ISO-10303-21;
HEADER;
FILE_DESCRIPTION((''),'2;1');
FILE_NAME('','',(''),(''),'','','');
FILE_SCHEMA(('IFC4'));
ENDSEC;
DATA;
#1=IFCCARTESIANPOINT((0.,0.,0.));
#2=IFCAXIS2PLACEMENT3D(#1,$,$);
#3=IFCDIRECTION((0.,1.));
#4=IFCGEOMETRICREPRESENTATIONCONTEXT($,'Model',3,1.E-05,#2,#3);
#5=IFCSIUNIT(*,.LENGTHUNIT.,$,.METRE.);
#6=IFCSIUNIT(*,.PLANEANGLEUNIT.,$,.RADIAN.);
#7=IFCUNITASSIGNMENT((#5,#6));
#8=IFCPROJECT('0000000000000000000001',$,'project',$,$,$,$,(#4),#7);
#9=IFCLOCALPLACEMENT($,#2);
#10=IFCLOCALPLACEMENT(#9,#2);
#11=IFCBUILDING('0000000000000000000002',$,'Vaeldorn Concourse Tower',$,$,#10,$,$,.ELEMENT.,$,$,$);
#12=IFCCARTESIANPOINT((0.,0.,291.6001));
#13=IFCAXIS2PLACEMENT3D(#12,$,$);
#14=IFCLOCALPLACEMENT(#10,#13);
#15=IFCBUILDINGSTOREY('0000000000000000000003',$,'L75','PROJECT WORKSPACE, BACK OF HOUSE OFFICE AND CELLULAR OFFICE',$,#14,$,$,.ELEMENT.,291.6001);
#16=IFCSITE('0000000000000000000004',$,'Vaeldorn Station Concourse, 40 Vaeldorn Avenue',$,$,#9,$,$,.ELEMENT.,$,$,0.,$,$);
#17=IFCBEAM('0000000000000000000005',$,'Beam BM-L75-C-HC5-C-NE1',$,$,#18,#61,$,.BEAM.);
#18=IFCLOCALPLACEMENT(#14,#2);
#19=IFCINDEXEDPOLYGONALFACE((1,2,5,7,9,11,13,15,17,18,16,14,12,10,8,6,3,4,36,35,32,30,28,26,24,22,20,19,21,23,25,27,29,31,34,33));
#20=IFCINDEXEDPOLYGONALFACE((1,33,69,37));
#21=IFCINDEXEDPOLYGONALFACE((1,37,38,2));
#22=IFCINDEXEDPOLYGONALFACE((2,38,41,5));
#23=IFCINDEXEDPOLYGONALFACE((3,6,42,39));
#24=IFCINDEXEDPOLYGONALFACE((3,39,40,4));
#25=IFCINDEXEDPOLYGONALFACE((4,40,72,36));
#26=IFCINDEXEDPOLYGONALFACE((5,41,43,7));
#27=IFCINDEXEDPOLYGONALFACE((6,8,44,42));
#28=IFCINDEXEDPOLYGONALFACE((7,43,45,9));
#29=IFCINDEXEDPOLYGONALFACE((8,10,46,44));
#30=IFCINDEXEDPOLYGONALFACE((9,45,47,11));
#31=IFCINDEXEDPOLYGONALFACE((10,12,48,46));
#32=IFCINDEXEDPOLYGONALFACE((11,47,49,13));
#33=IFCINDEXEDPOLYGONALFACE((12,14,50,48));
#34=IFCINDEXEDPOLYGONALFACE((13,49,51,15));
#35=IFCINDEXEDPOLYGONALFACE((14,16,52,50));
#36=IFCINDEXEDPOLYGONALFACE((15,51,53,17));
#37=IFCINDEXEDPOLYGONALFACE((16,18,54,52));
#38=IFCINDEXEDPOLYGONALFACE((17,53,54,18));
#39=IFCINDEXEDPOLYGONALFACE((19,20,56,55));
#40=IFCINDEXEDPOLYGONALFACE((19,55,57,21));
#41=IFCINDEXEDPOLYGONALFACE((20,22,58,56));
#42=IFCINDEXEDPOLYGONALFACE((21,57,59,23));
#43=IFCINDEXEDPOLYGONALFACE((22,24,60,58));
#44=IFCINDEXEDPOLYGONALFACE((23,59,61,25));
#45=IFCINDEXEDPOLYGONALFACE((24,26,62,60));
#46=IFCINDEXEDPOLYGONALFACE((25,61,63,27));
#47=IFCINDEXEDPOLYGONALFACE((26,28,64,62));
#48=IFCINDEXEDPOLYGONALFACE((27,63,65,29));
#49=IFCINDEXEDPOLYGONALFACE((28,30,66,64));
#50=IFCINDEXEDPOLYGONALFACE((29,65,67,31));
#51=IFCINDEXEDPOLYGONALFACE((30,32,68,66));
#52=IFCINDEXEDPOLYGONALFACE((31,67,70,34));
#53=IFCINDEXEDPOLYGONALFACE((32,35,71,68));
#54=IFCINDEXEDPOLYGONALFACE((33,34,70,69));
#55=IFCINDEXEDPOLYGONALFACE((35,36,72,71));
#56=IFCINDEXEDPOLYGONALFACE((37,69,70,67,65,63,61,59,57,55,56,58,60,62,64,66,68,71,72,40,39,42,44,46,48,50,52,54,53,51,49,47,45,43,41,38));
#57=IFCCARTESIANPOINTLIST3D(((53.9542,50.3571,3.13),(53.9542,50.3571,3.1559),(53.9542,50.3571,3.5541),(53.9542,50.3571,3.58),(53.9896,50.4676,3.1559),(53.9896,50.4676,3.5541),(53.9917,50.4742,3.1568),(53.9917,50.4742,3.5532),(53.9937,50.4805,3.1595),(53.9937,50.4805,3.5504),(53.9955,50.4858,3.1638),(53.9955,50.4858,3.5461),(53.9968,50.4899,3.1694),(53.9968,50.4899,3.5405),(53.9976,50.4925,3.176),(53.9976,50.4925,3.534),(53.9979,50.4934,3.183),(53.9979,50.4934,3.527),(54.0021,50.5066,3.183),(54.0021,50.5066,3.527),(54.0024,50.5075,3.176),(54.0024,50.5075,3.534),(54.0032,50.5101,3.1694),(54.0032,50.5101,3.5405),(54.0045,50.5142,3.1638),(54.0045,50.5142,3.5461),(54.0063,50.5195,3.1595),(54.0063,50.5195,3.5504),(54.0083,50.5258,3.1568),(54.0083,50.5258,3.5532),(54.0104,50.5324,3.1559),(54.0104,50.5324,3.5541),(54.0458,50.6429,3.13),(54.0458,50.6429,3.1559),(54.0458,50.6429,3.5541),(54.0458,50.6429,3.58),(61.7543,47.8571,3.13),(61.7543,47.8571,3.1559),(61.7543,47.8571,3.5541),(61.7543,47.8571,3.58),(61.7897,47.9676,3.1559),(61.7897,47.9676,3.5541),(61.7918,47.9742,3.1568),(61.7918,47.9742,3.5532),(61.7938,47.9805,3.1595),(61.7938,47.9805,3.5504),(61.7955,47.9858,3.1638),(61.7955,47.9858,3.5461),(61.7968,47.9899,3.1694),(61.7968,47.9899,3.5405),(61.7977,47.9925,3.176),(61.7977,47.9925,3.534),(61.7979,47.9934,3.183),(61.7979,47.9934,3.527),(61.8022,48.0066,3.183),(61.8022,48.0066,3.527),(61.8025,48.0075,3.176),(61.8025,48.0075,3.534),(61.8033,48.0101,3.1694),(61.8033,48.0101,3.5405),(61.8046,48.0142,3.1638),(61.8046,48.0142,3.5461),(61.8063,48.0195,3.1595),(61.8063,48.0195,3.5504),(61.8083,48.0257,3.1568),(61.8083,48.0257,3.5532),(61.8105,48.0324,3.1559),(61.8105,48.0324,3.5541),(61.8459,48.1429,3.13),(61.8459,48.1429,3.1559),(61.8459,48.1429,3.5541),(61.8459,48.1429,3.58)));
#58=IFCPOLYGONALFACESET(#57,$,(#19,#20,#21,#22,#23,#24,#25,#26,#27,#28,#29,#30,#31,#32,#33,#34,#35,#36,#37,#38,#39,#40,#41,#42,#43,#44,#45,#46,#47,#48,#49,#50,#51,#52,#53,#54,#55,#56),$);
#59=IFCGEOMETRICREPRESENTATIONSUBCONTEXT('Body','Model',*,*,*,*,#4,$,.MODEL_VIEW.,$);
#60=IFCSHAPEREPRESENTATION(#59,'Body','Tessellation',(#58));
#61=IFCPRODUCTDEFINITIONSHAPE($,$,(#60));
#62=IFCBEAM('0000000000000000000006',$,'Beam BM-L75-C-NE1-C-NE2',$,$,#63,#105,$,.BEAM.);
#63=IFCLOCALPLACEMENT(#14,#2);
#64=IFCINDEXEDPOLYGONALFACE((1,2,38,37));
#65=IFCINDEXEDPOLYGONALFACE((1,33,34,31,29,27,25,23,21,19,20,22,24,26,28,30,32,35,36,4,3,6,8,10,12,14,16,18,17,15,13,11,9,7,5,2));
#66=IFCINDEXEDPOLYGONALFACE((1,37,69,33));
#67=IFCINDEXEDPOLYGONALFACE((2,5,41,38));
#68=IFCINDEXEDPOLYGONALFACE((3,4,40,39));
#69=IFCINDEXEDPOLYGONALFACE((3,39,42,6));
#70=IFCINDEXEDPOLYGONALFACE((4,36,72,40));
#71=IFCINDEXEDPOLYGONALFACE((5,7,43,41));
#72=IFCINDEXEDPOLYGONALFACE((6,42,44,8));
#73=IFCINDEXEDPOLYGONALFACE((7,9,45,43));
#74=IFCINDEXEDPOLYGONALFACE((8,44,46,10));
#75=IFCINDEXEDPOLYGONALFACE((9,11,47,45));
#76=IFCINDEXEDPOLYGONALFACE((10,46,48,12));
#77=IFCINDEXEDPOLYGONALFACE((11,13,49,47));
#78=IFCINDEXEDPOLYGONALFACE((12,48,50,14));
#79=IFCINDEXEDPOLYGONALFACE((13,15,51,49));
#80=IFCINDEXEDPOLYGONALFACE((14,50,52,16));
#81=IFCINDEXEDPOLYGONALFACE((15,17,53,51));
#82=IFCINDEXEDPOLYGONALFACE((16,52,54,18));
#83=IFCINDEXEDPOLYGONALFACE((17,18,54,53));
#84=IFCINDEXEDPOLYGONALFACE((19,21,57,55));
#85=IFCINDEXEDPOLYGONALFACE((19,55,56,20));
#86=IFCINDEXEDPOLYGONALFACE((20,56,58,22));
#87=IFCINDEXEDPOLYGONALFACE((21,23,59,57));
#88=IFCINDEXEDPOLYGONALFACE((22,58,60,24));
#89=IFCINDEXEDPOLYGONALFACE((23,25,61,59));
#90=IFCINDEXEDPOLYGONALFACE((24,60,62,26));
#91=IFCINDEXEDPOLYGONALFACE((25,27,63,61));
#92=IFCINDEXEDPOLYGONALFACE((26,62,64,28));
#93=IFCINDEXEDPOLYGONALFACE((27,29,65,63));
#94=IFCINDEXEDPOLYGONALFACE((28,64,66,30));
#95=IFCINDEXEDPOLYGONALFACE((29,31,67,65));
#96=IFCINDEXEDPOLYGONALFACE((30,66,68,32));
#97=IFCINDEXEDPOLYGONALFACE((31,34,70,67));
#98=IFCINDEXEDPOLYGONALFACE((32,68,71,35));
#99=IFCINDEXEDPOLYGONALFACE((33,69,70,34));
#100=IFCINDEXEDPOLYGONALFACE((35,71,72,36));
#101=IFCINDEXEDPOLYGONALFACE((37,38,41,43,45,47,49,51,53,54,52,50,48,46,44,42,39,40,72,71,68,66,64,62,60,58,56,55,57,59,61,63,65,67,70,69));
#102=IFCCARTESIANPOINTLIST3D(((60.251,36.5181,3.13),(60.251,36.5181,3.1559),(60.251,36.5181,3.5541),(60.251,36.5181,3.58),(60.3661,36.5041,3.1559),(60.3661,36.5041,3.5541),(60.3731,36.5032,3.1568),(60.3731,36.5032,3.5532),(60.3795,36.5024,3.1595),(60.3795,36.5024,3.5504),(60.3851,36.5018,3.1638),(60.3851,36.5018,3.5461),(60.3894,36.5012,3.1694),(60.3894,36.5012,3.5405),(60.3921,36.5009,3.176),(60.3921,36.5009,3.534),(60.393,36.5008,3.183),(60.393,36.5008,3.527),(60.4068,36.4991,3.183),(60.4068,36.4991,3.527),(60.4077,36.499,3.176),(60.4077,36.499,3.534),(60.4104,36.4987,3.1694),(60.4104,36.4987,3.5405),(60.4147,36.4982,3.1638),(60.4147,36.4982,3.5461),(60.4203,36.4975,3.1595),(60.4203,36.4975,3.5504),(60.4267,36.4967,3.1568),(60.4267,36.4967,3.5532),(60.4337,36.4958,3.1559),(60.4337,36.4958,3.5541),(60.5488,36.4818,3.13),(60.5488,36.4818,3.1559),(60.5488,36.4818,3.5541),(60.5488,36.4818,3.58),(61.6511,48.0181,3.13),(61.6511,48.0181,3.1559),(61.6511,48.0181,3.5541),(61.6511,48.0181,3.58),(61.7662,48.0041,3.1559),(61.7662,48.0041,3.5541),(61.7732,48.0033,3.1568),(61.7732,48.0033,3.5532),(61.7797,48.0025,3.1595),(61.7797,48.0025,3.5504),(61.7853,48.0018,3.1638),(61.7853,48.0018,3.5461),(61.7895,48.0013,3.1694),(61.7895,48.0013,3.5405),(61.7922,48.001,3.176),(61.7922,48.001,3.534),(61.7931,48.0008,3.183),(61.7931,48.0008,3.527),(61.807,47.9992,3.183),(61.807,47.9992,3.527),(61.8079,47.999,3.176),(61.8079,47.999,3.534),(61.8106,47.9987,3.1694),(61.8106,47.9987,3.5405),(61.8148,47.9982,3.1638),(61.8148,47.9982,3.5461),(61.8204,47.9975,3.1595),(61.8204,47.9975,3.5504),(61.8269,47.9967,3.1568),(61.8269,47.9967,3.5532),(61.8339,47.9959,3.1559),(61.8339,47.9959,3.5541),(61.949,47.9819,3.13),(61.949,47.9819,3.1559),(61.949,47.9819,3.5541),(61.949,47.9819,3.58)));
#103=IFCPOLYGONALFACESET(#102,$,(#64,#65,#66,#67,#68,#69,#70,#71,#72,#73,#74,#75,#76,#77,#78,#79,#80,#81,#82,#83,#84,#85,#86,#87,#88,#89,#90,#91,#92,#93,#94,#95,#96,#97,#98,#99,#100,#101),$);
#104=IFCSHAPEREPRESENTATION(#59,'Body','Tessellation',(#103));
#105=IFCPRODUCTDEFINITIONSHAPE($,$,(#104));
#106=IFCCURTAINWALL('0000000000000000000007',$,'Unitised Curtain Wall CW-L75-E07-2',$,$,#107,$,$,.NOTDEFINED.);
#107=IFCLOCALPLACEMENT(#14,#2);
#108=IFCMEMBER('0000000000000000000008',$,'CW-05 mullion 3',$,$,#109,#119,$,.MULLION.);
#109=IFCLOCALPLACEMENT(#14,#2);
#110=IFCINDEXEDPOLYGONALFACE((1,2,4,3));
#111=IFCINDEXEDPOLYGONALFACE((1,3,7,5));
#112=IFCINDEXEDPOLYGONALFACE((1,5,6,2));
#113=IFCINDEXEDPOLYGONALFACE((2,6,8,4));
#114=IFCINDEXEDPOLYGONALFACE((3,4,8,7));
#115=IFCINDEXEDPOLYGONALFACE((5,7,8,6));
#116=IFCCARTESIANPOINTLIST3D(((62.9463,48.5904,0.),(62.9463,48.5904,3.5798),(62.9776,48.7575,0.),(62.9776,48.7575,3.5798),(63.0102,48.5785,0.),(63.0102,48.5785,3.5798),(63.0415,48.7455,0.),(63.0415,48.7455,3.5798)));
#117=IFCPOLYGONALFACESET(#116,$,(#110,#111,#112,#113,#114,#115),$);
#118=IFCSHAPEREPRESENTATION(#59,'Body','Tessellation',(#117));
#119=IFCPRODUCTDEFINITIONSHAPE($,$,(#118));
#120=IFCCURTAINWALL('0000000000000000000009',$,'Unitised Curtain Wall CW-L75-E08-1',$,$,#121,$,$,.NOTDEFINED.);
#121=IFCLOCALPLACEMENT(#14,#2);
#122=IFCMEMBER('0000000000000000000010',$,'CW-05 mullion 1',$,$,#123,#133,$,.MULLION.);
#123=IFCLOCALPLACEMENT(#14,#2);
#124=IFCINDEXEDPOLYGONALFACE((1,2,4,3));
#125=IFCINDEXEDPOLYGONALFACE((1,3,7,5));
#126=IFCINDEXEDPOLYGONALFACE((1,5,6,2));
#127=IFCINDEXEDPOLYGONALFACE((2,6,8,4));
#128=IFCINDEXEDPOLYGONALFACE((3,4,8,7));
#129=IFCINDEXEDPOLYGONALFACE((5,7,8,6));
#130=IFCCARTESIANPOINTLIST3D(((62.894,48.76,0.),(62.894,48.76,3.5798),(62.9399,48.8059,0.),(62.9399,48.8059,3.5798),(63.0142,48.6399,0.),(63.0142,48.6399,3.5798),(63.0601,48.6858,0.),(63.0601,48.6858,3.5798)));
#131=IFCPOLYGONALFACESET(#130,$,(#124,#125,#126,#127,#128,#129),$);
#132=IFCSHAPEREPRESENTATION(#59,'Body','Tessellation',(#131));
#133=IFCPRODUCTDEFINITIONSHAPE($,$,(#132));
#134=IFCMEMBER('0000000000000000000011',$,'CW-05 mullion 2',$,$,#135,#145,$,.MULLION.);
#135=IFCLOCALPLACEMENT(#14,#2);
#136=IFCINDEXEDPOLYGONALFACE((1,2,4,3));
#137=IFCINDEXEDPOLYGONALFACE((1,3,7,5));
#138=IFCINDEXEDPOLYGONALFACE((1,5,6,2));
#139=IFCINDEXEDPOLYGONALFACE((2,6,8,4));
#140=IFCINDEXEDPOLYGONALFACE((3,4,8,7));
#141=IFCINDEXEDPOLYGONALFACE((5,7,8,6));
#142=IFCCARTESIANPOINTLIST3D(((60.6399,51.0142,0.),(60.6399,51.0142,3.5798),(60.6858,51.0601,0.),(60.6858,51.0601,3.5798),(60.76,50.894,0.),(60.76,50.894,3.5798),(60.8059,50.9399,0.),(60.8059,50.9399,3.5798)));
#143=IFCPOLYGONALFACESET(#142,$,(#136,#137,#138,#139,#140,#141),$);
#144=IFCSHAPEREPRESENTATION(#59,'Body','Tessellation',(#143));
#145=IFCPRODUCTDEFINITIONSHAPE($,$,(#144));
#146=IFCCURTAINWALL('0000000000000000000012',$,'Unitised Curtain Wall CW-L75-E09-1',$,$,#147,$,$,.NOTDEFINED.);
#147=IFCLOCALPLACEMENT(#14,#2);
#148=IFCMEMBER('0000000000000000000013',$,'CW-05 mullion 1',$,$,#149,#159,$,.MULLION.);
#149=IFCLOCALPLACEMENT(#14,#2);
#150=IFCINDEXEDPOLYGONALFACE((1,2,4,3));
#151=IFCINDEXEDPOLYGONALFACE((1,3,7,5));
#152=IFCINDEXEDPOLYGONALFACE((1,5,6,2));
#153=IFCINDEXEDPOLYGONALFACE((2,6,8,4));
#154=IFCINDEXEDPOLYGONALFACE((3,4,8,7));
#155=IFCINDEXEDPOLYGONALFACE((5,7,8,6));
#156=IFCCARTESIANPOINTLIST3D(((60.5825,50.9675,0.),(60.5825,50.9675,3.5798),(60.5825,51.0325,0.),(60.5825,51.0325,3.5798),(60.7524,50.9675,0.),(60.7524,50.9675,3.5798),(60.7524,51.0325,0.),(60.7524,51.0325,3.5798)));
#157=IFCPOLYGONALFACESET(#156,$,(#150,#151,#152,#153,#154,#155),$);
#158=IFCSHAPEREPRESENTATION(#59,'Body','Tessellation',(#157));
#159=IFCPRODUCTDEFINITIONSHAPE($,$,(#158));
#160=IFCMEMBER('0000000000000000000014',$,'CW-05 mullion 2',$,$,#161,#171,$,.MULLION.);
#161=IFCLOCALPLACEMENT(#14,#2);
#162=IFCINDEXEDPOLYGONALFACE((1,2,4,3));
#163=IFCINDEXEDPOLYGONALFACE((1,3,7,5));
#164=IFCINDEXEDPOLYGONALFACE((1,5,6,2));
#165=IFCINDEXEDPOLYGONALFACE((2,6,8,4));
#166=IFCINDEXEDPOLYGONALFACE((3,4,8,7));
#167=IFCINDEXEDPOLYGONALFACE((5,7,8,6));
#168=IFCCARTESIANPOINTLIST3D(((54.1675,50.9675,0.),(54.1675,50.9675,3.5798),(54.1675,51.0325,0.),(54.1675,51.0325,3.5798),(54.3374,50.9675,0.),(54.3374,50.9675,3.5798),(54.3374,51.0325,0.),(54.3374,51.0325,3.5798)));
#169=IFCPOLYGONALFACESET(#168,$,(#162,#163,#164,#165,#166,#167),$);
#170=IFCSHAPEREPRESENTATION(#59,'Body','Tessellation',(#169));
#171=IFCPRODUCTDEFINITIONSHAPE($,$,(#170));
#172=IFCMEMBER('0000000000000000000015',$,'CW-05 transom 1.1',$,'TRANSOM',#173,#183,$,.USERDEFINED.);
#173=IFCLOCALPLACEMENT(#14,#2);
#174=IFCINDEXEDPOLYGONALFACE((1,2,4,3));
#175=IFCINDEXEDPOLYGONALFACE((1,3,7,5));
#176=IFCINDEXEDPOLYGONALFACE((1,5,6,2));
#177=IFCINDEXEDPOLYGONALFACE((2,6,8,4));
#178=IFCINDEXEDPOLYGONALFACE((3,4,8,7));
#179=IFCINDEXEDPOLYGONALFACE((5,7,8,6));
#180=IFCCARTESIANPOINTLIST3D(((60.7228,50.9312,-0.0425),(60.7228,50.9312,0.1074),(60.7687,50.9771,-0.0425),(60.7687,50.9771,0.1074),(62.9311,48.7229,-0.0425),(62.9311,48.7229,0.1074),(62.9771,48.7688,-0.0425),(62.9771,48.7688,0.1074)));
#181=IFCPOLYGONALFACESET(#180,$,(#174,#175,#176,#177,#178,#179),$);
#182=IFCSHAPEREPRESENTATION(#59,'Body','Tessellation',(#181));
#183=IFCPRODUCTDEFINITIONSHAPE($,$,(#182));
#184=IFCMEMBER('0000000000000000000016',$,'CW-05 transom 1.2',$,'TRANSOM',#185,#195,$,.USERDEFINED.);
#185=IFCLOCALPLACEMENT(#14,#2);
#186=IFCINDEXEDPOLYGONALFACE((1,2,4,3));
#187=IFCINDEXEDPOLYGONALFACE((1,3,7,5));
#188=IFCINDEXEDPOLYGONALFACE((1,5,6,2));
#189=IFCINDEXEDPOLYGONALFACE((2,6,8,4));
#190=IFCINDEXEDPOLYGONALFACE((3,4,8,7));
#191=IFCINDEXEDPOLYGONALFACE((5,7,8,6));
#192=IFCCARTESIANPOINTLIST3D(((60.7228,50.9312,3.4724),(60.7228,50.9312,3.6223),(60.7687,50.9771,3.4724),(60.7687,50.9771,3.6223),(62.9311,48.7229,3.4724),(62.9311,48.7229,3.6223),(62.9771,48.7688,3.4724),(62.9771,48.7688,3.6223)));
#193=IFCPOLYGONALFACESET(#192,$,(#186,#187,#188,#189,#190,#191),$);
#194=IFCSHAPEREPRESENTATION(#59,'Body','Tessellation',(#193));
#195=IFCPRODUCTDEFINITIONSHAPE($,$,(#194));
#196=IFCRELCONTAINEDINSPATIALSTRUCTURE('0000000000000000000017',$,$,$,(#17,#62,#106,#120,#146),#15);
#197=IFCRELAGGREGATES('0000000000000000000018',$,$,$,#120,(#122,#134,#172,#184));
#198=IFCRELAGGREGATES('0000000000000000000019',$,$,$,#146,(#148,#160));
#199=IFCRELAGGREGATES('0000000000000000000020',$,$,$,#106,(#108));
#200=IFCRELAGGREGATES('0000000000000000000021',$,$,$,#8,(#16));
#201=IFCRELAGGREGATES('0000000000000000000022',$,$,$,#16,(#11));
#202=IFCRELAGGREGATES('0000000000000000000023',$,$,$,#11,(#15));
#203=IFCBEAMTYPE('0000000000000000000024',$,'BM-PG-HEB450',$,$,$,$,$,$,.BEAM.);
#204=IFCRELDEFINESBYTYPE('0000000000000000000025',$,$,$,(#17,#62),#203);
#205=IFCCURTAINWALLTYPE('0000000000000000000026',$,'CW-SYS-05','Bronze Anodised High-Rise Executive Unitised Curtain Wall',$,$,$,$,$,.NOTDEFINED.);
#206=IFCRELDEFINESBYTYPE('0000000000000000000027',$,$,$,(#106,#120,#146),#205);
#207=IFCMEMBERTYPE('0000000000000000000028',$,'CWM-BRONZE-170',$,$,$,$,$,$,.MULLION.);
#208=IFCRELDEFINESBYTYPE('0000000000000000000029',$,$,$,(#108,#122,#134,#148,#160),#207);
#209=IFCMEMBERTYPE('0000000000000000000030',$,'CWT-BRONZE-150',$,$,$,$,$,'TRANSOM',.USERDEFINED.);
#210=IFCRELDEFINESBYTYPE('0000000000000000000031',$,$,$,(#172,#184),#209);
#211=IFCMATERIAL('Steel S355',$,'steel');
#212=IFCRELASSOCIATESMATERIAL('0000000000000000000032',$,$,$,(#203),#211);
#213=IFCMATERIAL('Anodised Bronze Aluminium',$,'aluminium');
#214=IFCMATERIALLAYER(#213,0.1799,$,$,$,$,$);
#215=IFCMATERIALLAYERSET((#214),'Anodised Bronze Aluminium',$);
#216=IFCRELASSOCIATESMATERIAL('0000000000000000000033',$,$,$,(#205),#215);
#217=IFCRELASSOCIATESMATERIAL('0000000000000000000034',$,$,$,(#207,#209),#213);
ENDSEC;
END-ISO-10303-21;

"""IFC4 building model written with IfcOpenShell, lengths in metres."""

from ifc_helpers import new_model, si_unit, direction, frame, origin, origin_2d, place, context, subcontext, project, spatial, rectangle, i_section, extrude, source, transform, mapped, material, layer, layer_set, material_profile, profile_set, type_object, element, aggregate, save


model = new_model("IFC4")

# Units and contexts
model_context = context("Model", 3, precision=1e-05, world=origin(), true_north=direction((0.0, 1.0)))
body_context = subcontext(model_context, "Body", "Model", "MODEL_VIEW")
ifc_project = project(units=[si_unit("LENGTHUNIT", "METRE"), si_unit("PLANEANGLEUNIT", "RADIAN")], contexts=[model_context])

# Site, building, storey
site_placement = place(None, origin())
site = spatial("IfcSite", under=ifc_project, at=site_placement, Name="Vaeldorn Station Concourse, 40 Vaeldorn Avenue", CompositionType="ELEMENT", RefElevation=0.0)
building_placement = place(site_placement, origin())
building = spatial("IfcBuilding", under=site, at=building_placement, Name="Vaeldorn Concourse Tower", CompositionType="ELEMENT")
storey_placement = place(building_placement, frame((0.0, 0.0, 291.6001)))
storey = spatial("IfcBuildingStorey", under=building, at=storey_placement, Name="L75", Description="PROJECT WORKSPACE, BACK OF HOUSE OFFICE AND CELLULAR OFFICE", CompositionType="ELEMENT", Elevation=291.6001)

# Shared definitions
ifc_material_1 = material(Name="Steel S355", Category="steel")

# Beams
ifc_material_profile_1 = material_profile(ifc_material_1, i_section(OverallWidth=0.3, OverallDepth=0.45, WebThickness=0.0139, FlangeThickness=0.0259, FilletRadius=0.0271, at=origin_2d()), Name="HEB 450")
ifc_profile_set_1 = profile_set([ifc_material_profile_1], Name="Steel S355")
beam_type_1 = type_object("IfcBeamType", Name="BM-PG-HEB450", PredefinedType="BEAM", material=ifc_profile_set_1)
shared_shape_1 = source(origin(), body_context, "Body", "SweptSolid", [
    extrude(i_section(OverallWidth=0.3, OverallDepth=0.45, WebThickness=0.0139, FlangeThickness=0.0259, FilletRadius=0.0271, at=origin_2d()), origin(), (0.0, 0.0, 1.0), 8.1909),
])
beam_1_placement = place(storey_placement, frame((54.0, 50.5, 3.355), z_axis=(0.952283, -0.305217, 0.0), x_axis=(0.305217, 0.952283, 0.0)))
element("IfcBeam", 1, at=beam_1_placement, inside=storey, type_object=beam_type_1, Name="Beam BM-L75-C-HC5-C-NE1", PredefinedType="BEAM", context=body_context, shape_type="MappedRepresentation", body=[
    mapped(shared_shape_1, transform((0.0, 0.0, 0.0), scale=1.0)),
])
shared_shape_2 = source(origin(), body_context, "Body", "SweptSolid", [
    extrude(i_section(OverallWidth=0.3, OverallDepth=0.45, WebThickness=0.0139, FlangeThickness=0.0259, FilletRadius=0.0271, at=origin_2d()), origin(), (0.0, 0.0, 1.0), 11.585),
])
beam_2_placement = place(storey_placement, frame((61.8, 48.0, 3.355), z_axis=(-0.120859, -0.99267, 0.0), x_axis=(0.99267, -0.120859, 0.0)))
element("IfcBeam", 2, at=beam_2_placement, inside=storey, type_object=beam_type_1, Name="Beam BM-L75-C-NE1-C-NE2", PredefinedType="BEAM", context=body_context, shape_type="MappedRepresentation", body=[
    mapped(shared_shape_2, transform((0.0, 0.0, 0.0), scale=1.0)),
])

# Curtain wall, member
ifc_material_2 = material(Name="Anodised Bronze Aluminium", Category="aluminium")
ifc_layer_1 = layer(ifc_material_2, 0.1799)
ifc_layer_set_1 = layer_set([ifc_layer_1], Name="Anodised Bronze Aluminium")
curtain_wall_type = type_object("IfcCurtainWallType", Name="CW-SYS-05", Description="Bronze Anodised High-Rise Executive Unitised Curtain Wall", PredefinedType="NOTDEFINED", material=ifc_layer_set_1)
curtain_wall_1_placement = place(storey_placement, origin())
curtain_wall_1 = element("IfcCurtainWall", 3, at=curtain_wall_1_placement, inside=storey, type_object=curtain_wall_type, Name="Unitised Curtain Wall CW-L75-E07-2", PredefinedType="NOTDEFINED")
ifc_material_profile_2 = material_profile(ifc_material_2, rectangle(XDim=0.0649, YDim=0.1699, at=origin_2d()), Name="CWM 65x170")
ifc_profile_set_2 = profile_set([ifc_material_profile_2], Name="Anodised Bronze Aluminium")
member_type_1 = type_object("IfcMemberType", Name="CWM-BRONZE-170", PredefinedType="MULLION", material=ifc_profile_set_2)
shared_shape_3 = source(origin(), body_context, "Body", "SweptSolid", [
    extrude(rectangle(XDim=0.0649, YDim=0.1699, at=origin_2d()), origin(), (0.0, 0.0, 1.0), 3.5798),
])
member_1_placement = place(storey_placement, frame((62.9939, 48.668, 0.0), z_axis=(0.0, 0.0, 1.0), x_axis=(-0.98288, 0.184246, 0.0)))
member_1 = element("IfcMember", 4, at=member_1_placement, type_object=member_type_1, Name="CW-05 mullion 3", PredefinedType="MULLION", context=body_context, shape_type="MappedRepresentation", body=[
    mapped(shared_shape_3, transform((0.0, 0.0, 0.0), scale=1.0)),
])

# Curtain walls, members
curtain_wall_2_placement = place(storey_placement, origin())
curtain_wall_2 = element("IfcCurtainWall", 5, at=curtain_wall_2_placement, inside=storey, type_object=curtain_wall_type, Name="Unitised Curtain Wall CW-L75-E08-1", PredefinedType="NOTDEFINED")
member_2_placement = place(storey_placement, frame((62.9771, 48.7229, 0.0), z_axis=(0.0, 0.0, 1.0), x_axis=(-0.707107, -0.707107, 0.0)))
member_2 = element("IfcMember", 6, at=member_2_placement, type_object=member_type_1, Name="CW-05 mullion 1", PredefinedType="MULLION", context=body_context, shape_type="MappedRepresentation", body=[
    mapped(shared_shape_3, transform((0.0, 0.0, 0.0), scale=1.0)),
])
member_3_placement = place(storey_placement, frame((60.7229, 50.9771, 0.0), z_axis=(0.0, 0.0, 1.0), x_axis=(-0.707107, -0.707107, 0.0)))
member_3 = element("IfcMember", 7, at=member_3_placement, type_object=member_type_1, Name="CW-05 mullion 2", PredefinedType="MULLION", context=body_context, shape_type="MappedRepresentation", body=[
    mapped(shared_shape_3, transform((0.0, 0.0, 0.0), scale=1.0)),
])
curtain_wall_3_placement = place(storey_placement, origin())
curtain_wall_3 = element("IfcCurtainWall", 8, at=curtain_wall_3_placement, inside=storey, type_object=curtain_wall_type, Name="Unitised Curtain Wall CW-L75-E09-1", PredefinedType="NOTDEFINED")
member_4_placement = place(storey_placement, frame((60.6675, 51.0, 0.0), z_axis=(0.0, 0.0, 1.0), x_axis=(0.0, -1.0, 0.0)))
member_4 = element("IfcMember", 9, at=member_4_placement, type_object=member_type_1, Name="CW-05 mullion 1", PredefinedType="MULLION", context=body_context, shape_type="MappedRepresentation", body=[
    mapped(shared_shape_3, transform((0.0, 0.0, 0.0), scale=1.0)),
])
member_5_placement = place(storey_placement, frame((54.2524, 51.0, 0.0), z_axis=(0.0, 0.0, 1.0), x_axis=(0.0, -1.0, 0.0)))
member_5 = element("IfcMember", 10, at=member_5_placement, type_object=member_type_1, Name="CW-05 mullion 2", PredefinedType="MULLION", context=body_context, shape_type="MappedRepresentation", body=[
    mapped(shared_shape_3, transform((0.0, 0.0, 0.0), scale=1.0)),
])

# Members
ifc_material_profile_3 = material_profile(ifc_material_2, rectangle(XDim=0.0649, YDim=0.1499, at=origin_2d()), Name="CWT 65x150")
ifc_profile_set_3 = profile_set([ifc_material_profile_3], Name="Anodised Bronze Aluminium")
member_type_2 = type_object("IfcMemberType", Name="CWT-BRONZE-150", ElementType="TRANSOM", PredefinedType="USERDEFINED", material=ifc_profile_set_3)
shared_shape_4 = source(origin(), body_context, "Body", "SweptSolid", [
    extrude(rectangle(XDim=0.0649, YDim=0.1499, at=origin_2d()), origin(), (0.0, 0.0, 1.0), 3.123),
])
member_6_placement = place(storey_placement, frame((62.9541, 48.7458, 0.0325), z_axis=(-0.707107, 0.707107, 0.0), x_axis=(-0.707107, -0.707107, 0.0)))
member_6 = element("IfcMember", 11, at=member_6_placement, type_object=member_type_2, Name="CW-05 transom 1.1", ObjectType="TRANSOM", PredefinedType="USERDEFINED", context=body_context, shape_type="MappedRepresentation", body=[
    mapped(shared_shape_4, transform((0.0, 0.0, 0.0), scale=1.0)),
])
member_7_placement = place(storey_placement, frame((62.9541, 48.7458, 3.5474), z_axis=(-0.707107, 0.707107, 0.0), x_axis=(-0.707107, -0.707107, 0.0)))
member_7 = element("IfcMember", 12, at=member_7_placement, type_object=member_type_2, Name="CW-05 transom 1.2", ObjectType="TRANSOM", PredefinedType="USERDEFINED", context=body_context, shape_type="MappedRepresentation", body=[
    mapped(shared_shape_4, transform((0.0, 0.0, 0.0), scale=1.0)),
])

aggregate(curtain_wall_2, [member_2, member_3, member_6, member_7])
aggregate(curtain_wall_3, [member_4, member_5])
aggregate(curtain_wall_1, [member_1])

save(model, "model.ifc")
